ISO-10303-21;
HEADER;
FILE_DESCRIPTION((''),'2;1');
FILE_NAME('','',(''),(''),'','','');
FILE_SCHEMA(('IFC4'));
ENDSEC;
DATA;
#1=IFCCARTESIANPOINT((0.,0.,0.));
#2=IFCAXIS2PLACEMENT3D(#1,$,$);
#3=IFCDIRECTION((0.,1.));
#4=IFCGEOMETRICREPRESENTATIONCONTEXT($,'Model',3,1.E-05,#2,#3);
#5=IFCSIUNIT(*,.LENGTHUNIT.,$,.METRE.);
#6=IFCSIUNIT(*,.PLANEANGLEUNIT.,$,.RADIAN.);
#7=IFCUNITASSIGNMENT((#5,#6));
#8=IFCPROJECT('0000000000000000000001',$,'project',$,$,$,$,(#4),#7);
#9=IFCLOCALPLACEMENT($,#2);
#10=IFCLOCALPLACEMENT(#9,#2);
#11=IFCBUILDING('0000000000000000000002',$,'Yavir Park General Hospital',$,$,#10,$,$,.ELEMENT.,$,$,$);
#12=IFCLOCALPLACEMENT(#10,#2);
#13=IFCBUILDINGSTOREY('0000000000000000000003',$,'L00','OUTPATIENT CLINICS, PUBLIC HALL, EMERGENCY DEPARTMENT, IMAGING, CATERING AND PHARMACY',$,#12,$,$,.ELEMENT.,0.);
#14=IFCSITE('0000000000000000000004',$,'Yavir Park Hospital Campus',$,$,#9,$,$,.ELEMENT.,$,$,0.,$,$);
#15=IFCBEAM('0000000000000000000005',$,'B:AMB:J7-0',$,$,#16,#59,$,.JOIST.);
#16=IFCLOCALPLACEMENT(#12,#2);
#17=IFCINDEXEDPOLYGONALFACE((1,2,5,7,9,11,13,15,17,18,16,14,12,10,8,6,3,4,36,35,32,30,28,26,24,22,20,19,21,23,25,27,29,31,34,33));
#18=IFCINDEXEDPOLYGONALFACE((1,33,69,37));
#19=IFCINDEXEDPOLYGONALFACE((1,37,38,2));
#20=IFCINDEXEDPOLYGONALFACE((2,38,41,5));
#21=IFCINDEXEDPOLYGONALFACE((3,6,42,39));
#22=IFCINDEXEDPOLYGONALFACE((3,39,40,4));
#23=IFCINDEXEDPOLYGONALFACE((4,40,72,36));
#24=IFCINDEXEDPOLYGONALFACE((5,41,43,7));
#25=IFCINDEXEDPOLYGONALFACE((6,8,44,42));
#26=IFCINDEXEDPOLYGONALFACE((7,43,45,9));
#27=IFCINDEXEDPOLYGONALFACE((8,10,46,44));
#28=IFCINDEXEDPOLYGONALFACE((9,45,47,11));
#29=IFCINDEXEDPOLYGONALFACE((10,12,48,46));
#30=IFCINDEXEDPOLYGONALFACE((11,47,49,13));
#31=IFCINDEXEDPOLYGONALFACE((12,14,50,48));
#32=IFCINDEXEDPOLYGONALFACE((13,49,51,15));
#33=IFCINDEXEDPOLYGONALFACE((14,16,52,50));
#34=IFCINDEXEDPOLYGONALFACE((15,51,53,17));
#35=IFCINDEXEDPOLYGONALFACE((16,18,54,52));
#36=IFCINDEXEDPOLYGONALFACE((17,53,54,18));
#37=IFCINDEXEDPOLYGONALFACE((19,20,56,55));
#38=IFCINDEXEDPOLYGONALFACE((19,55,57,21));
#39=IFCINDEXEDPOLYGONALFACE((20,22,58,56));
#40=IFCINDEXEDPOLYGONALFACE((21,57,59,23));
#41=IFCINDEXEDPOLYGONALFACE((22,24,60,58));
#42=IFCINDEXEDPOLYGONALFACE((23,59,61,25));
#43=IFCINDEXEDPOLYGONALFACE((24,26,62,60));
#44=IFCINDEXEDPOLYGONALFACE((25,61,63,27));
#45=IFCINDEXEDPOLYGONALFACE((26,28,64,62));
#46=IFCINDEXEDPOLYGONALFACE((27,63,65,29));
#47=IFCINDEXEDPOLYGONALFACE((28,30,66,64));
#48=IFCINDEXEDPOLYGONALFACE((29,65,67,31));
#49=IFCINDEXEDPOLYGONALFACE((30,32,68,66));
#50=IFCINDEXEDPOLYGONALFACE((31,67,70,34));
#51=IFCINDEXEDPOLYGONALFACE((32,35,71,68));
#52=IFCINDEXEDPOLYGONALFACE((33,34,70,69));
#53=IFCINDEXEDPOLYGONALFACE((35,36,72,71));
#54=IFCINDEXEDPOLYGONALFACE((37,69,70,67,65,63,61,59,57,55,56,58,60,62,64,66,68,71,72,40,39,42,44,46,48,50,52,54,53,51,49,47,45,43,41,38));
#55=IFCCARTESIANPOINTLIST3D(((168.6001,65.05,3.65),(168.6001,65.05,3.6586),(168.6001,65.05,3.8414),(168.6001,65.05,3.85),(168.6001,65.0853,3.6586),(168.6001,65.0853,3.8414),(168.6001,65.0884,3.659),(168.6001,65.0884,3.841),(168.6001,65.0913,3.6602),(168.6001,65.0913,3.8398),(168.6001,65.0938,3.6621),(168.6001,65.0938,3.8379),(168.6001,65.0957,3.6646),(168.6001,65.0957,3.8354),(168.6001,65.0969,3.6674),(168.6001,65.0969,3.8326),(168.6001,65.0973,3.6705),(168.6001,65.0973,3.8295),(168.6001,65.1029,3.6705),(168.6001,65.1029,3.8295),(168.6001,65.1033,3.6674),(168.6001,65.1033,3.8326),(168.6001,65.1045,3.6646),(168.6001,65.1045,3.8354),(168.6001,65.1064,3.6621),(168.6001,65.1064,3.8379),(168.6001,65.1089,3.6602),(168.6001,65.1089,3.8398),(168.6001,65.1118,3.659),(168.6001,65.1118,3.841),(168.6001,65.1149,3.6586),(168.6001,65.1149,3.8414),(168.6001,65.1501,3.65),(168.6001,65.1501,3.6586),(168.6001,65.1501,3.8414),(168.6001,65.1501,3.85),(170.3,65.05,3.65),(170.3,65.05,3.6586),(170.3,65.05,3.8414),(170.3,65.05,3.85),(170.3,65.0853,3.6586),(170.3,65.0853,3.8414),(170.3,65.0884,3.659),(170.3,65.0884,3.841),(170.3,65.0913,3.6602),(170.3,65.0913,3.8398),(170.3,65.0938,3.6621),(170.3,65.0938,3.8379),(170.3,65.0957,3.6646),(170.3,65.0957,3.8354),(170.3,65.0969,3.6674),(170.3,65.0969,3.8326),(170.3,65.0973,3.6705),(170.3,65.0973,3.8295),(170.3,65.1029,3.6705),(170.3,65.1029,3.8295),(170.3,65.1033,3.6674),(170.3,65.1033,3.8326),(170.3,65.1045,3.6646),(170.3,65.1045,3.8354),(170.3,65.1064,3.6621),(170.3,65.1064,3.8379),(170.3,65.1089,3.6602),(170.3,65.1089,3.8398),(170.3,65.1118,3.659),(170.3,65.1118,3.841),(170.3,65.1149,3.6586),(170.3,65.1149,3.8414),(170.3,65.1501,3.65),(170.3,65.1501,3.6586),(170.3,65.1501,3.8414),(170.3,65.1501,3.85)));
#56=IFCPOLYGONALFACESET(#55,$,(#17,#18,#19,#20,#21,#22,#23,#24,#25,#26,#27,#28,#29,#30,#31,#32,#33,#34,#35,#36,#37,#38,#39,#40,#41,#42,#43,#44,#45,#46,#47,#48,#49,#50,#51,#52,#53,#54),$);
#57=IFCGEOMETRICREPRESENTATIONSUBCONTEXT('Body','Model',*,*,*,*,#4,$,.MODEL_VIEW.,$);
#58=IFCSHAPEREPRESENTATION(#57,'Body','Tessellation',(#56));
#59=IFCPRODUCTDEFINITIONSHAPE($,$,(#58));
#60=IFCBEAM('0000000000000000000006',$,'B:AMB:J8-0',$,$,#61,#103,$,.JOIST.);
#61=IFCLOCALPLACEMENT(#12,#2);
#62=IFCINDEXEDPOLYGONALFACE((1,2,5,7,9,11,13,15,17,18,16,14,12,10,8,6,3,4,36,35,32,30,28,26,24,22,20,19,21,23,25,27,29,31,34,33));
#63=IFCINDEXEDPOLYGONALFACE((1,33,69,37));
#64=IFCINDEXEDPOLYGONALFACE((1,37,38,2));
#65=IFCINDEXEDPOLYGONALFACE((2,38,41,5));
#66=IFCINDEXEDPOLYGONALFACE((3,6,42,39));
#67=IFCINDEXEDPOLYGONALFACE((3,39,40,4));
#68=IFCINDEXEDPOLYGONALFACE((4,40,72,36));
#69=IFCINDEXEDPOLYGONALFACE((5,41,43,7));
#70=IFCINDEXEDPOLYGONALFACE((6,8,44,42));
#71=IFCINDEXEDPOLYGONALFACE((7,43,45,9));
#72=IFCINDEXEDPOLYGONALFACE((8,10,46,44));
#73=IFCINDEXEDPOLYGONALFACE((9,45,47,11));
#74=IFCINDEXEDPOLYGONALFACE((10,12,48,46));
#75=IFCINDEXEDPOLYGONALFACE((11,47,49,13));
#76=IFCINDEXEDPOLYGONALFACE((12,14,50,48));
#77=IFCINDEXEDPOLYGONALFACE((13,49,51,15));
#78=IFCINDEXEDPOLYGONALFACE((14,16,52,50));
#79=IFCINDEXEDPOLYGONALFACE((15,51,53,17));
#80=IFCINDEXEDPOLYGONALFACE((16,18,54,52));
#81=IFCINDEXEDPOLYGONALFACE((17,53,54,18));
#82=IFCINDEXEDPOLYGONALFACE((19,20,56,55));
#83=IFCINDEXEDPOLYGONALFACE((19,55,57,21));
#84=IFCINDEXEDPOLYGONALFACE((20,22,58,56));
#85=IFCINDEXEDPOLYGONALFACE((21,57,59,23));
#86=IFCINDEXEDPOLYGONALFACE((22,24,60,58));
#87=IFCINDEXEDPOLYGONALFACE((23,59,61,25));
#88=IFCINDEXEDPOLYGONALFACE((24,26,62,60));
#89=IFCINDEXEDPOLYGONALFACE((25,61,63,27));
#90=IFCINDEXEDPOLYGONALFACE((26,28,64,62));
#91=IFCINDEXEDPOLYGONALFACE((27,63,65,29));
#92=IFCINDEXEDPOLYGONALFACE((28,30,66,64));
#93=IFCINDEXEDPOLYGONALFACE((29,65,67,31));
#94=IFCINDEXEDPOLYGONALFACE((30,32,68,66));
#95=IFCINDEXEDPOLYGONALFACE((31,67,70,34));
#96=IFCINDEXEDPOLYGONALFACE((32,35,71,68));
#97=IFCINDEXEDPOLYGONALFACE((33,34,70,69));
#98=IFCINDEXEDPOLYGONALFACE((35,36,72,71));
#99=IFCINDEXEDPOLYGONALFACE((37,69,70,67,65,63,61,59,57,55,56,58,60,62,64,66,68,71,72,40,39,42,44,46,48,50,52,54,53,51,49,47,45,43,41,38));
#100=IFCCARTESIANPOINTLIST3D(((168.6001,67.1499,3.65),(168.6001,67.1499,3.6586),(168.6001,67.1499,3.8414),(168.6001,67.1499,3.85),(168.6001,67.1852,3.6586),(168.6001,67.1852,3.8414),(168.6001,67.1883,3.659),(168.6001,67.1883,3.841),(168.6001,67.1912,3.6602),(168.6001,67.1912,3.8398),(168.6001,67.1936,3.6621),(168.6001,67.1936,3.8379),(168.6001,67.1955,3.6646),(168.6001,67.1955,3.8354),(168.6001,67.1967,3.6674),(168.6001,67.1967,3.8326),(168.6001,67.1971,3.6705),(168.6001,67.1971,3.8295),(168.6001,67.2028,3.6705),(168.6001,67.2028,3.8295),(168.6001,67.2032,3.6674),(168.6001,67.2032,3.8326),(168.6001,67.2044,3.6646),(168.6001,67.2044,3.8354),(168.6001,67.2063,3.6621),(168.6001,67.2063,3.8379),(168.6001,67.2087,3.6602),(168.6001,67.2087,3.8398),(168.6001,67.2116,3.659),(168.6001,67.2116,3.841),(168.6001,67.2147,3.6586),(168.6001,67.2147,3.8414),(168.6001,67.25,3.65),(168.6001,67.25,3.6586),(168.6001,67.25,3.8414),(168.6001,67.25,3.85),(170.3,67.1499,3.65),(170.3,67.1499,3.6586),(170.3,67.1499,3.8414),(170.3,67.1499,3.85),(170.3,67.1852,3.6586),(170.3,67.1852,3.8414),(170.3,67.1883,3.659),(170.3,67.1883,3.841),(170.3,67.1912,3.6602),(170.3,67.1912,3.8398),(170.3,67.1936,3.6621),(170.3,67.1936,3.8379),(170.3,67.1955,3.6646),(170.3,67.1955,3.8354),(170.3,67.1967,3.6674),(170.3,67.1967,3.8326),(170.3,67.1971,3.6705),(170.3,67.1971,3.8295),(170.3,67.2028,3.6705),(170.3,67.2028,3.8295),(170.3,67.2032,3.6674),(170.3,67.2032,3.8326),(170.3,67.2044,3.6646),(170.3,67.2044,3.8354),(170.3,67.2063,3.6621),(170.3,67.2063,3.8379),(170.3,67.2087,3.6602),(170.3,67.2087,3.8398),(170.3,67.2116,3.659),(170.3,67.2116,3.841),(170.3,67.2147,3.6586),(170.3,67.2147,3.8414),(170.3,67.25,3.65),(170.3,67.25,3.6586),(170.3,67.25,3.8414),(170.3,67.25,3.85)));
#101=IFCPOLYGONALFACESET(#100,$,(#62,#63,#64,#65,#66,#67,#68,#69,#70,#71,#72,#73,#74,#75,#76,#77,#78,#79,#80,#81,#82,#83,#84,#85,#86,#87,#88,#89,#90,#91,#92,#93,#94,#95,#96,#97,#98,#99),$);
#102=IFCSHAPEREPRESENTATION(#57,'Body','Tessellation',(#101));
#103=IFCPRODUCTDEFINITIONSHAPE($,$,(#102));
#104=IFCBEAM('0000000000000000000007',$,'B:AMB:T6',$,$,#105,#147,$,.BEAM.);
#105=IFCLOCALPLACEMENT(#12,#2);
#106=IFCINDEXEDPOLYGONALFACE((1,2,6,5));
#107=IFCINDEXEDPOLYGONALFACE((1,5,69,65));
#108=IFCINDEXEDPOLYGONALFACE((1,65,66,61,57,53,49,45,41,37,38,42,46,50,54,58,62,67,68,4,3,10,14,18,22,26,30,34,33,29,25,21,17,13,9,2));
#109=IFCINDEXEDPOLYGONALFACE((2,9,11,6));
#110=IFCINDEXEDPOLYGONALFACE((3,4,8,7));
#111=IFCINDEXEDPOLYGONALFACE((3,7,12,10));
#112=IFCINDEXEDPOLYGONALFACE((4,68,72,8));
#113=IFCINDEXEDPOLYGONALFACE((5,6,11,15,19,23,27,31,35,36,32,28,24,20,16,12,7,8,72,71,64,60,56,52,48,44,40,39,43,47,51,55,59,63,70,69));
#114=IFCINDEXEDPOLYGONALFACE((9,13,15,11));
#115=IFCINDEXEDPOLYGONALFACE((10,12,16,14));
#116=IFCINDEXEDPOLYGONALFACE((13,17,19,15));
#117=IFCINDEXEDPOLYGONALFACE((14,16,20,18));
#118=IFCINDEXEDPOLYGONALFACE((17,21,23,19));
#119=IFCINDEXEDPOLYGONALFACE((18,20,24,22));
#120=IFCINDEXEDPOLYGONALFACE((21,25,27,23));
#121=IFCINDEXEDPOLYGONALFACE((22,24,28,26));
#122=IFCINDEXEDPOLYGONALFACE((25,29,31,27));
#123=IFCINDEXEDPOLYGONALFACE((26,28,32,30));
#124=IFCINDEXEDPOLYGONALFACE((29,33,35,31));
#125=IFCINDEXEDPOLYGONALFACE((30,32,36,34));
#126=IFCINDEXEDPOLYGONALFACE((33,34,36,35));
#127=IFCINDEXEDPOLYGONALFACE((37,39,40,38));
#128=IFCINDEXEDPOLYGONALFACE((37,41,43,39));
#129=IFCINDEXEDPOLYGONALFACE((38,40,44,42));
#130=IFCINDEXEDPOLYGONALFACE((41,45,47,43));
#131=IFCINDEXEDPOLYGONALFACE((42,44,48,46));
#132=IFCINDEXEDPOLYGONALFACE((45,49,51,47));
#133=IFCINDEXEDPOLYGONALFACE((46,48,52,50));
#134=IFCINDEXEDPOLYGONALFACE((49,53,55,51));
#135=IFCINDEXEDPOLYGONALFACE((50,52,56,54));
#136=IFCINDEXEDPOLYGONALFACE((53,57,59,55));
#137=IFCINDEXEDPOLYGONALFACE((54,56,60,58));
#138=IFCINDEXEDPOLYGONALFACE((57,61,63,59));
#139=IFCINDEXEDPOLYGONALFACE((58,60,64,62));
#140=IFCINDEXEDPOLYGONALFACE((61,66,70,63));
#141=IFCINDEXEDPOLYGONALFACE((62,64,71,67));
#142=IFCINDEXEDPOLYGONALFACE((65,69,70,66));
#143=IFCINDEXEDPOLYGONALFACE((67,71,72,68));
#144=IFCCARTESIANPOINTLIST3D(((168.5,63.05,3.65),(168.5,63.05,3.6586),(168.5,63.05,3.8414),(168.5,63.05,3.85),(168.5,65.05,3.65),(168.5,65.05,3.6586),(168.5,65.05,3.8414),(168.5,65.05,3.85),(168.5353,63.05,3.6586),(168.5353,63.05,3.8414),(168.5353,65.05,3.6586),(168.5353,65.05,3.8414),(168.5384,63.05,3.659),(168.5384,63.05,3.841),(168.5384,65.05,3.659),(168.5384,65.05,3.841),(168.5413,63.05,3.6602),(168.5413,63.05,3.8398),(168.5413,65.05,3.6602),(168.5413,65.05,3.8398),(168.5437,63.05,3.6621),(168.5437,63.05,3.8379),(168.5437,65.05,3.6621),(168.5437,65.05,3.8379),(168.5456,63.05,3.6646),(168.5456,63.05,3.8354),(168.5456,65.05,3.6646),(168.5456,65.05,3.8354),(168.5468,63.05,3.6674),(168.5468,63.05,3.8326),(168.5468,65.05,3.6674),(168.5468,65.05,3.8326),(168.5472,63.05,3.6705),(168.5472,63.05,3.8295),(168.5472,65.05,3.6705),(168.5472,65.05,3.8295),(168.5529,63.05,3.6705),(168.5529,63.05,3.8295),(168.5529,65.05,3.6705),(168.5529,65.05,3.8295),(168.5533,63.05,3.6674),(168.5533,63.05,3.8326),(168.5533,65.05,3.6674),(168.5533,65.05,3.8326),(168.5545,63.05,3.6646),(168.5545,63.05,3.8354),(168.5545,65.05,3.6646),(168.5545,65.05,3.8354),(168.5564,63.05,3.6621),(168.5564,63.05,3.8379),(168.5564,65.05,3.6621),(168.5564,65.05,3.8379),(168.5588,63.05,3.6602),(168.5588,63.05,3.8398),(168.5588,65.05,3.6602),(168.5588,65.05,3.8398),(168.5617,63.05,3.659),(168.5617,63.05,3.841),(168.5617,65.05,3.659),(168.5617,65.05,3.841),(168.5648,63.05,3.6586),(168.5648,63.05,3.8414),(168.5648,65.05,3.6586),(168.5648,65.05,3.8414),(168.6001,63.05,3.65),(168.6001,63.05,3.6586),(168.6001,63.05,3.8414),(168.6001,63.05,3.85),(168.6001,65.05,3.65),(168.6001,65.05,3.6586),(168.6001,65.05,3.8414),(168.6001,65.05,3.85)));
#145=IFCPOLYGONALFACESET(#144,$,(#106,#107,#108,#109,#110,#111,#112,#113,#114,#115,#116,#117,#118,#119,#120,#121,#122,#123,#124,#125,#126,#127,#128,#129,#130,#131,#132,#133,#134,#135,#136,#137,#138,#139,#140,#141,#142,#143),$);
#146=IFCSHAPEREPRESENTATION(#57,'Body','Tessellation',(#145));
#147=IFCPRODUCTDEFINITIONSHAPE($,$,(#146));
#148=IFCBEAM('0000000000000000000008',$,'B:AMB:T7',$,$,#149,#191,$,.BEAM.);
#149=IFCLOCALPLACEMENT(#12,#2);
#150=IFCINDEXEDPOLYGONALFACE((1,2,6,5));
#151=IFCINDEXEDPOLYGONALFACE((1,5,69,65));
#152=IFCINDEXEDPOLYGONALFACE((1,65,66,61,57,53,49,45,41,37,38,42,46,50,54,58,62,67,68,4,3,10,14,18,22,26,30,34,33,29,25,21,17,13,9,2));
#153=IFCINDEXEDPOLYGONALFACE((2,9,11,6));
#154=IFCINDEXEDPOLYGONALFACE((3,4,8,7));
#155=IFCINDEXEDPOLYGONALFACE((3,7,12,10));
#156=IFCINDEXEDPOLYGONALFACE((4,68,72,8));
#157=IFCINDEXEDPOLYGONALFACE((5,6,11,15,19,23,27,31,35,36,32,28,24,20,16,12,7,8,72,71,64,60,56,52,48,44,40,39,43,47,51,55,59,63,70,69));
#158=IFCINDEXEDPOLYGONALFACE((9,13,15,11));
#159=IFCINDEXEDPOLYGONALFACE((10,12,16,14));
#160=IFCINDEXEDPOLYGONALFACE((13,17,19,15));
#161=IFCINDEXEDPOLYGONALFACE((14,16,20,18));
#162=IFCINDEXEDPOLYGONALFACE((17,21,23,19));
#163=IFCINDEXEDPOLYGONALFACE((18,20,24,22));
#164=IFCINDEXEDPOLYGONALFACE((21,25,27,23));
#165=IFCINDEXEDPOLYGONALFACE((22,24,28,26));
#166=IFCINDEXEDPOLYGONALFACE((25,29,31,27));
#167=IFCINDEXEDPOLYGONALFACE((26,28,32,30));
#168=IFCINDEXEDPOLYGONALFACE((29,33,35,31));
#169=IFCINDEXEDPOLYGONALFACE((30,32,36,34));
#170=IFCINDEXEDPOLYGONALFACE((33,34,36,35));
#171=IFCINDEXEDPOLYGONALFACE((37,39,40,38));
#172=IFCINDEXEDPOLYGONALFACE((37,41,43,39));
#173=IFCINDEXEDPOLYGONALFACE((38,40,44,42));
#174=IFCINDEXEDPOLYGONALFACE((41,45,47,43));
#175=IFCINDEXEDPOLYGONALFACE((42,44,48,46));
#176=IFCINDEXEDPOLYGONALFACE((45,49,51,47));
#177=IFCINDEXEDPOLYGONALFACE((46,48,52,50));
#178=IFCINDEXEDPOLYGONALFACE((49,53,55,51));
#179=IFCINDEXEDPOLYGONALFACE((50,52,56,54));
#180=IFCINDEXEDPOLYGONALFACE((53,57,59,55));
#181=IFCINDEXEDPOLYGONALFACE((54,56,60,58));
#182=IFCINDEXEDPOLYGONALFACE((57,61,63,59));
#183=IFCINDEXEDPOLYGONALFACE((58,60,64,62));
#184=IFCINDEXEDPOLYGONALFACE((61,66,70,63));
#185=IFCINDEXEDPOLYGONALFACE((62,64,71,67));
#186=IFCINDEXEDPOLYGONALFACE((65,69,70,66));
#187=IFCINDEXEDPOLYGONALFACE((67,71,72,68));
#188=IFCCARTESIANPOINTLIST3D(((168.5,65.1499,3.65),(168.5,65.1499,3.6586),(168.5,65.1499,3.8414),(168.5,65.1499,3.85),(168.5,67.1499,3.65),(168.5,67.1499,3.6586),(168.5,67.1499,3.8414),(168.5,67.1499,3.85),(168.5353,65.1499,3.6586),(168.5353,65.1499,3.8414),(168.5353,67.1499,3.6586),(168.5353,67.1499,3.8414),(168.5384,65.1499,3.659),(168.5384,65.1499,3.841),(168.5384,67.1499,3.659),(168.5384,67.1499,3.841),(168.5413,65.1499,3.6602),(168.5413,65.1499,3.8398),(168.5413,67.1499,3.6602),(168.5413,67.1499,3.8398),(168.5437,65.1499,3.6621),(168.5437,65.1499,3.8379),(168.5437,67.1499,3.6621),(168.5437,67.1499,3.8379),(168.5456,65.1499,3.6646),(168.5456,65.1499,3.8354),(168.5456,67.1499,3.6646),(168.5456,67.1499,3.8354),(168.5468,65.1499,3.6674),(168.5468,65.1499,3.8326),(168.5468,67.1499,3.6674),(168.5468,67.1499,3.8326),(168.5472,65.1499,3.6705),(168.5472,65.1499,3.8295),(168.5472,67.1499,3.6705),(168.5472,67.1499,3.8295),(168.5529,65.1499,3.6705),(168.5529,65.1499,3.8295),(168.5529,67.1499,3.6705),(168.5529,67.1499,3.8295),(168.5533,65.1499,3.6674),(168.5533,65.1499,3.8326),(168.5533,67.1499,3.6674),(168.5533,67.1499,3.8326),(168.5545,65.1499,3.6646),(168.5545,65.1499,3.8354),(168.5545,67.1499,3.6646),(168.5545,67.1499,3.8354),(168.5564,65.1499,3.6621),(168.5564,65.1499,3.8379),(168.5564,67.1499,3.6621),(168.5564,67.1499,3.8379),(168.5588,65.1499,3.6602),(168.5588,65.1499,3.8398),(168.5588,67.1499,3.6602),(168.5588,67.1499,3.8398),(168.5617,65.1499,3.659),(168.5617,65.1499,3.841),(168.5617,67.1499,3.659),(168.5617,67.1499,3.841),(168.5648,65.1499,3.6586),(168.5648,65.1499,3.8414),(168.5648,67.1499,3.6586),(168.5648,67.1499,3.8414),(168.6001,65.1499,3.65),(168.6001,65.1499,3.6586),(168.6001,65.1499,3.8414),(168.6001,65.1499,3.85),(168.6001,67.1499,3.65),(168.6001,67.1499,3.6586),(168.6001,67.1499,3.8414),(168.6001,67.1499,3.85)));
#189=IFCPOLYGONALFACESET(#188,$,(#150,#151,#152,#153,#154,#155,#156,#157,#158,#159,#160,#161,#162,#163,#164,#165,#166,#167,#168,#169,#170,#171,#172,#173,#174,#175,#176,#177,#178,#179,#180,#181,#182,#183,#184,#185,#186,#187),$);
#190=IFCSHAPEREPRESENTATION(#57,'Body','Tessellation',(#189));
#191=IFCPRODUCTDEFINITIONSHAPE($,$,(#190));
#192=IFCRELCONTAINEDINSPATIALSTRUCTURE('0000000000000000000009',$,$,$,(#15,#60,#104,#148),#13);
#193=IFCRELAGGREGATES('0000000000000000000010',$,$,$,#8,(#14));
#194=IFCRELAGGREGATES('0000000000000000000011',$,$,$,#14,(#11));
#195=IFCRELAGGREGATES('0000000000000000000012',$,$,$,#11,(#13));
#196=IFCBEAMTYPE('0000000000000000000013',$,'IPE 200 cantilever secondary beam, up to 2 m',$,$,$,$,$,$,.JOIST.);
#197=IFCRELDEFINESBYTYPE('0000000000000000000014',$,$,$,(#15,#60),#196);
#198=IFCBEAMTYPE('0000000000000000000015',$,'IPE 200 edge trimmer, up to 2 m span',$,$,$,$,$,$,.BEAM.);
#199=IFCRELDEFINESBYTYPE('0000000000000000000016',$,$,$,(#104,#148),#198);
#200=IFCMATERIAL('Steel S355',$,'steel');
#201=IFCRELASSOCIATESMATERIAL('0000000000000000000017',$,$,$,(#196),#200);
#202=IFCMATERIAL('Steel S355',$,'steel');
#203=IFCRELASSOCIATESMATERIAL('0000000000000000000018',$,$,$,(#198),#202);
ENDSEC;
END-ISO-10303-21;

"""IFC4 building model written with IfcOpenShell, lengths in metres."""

from ifc_helpers import new_model, si_unit, direction, frame, origin, origin_2d, place, context, subcontext, project, spatial, i_section, extrude, material, material_profile, profile_set, type_object, element, save


model = new_model("IFC4")

# Units and contexts
model_context = context("Model", 3, precision=1e-05, world=origin(), true_north=direction((0.0, 1.0)))
body_context = subcontext(model_context, "Body", "Model", "MODEL_VIEW")
ifc_project = project(units=[si_unit("LENGTHUNIT", "METRE"), si_unit("PLANEANGLEUNIT", "RADIAN")], contexts=[model_context])

# Site, building, storey
site_placement = place(None, origin())
site = spatial("IfcSite", under=ifc_project, at=site_placement, Name="Yavir Park Hospital Campus", CompositionType="ELEMENT", RefElevation=0.0)
building_placement = place(site_placement, origin())
building = spatial("IfcBuilding", under=site, at=building_placement, Name="Yavir Park General Hospital", CompositionType="ELEMENT")
storey_placement = place(building_placement, origin())
storey = spatial("IfcBuildingStorey", under=building, at=storey_placement, Name="L00", Description="OUTPATIENT CLINICS, PUBLIC HALL, EMERGENCY DEPARTMENT, IMAGING, CATERING AND PHARMACY", CompositionType="ELEMENT", Elevation=0.0)

# Beams
ifc_material_1 = material(Name="Steel S355", Category="steel")
ifc_material_profile_1 = material_profile(ifc_material_1, i_section(OverallWidth=0.1001, OverallDepth=0.2, WebThickness=0.0056, FlangeThickness=0.0085, FilletRadius=0.012, at=origin_2d()), Name="IPE200")
ifc_profile_set_1 = profile_set([ifc_material_profile_1], Name="Steel S355")
beam_type_1 = type_object("IfcBeamType", Name="IPE 200 cantilever secondary beam, up to 2 m", PredefinedType="JOIST", material=ifc_profile_set_1)
for number, where, z_axis, x_axis, name in (
    (1, (168.6001, 65.1001, 3.75), (1.0, 0.0, 0.0), (0.0, 1.0, 0.0), "B:AMB:J7-0"),
    (2, (168.6001, 67.2, 3.75), (1.0, 0.0, 0.0), (0.0, 1.0, 0.0), "B:AMB:J8-0"),
):
    element("IfcBeam", number, at=place(storey_placement, frame(where, z_axis=z_axis, x_axis=x_axis)), inside=storey, type_object=beam_type_1, Name=name, PredefinedType="JOIST", context=body_context, shape_type="SweptSolid", body=[
        extrude(i_section(OverallWidth=0.1001, OverallDepth=0.2, WebThickness=0.0056, FlangeThickness=0.0085, FilletRadius=0.012, at=origin_2d()), origin(), (0.0, 0.0, 1.0), 1.7),
    ])
ifc_material_2 = material(Name="Steel S355", Category="steel")
ifc_material_profile_2 = material_profile(ifc_material_2, i_section(OverallWidth=0.1001, OverallDepth=0.2, WebThickness=0.0056, FlangeThickness=0.0085, FilletRadius=0.012, at=origin_2d()), Name="IPE200")
ifc_profile_set_2 = profile_set([ifc_material_profile_2], Name="Steel S355")
beam_type_2 = type_object("IfcBeamType", Name="IPE 200 edge trimmer, up to 2 m span", PredefinedType="BEAM", material=ifc_profile_set_2)
for number, where, z_axis, x_axis, name in (
    (3, (168.55, 63.05, 3.75), (0.0, 1.0, 0.0), (-1.0, 0.0, 0.0), "B:AMB:T6"),
    (4, (168.55, 65.1499, 3.75), (0.0, 1.0, 0.0), (-1.0, 0.0, 0.0), "B:AMB:T7"),
):
    element("IfcBeam", number, at=place(storey_placement, frame(where, z_axis=z_axis, x_axis=x_axis)), inside=storey, type_object=beam_type_2, Name=name, PredefinedType="BEAM", context=body_context, shape_type="SweptSolid", body=[
        extrude(i_section(OverallWidth=0.1001, OverallDepth=0.2, WebThickness=0.0056, FlangeThickness=0.0085, FilletRadius=0.012, at=origin_2d()), origin(), (0.0, 0.0, 1.0), 2.0),
    ])

save(model, "model.ifc")
